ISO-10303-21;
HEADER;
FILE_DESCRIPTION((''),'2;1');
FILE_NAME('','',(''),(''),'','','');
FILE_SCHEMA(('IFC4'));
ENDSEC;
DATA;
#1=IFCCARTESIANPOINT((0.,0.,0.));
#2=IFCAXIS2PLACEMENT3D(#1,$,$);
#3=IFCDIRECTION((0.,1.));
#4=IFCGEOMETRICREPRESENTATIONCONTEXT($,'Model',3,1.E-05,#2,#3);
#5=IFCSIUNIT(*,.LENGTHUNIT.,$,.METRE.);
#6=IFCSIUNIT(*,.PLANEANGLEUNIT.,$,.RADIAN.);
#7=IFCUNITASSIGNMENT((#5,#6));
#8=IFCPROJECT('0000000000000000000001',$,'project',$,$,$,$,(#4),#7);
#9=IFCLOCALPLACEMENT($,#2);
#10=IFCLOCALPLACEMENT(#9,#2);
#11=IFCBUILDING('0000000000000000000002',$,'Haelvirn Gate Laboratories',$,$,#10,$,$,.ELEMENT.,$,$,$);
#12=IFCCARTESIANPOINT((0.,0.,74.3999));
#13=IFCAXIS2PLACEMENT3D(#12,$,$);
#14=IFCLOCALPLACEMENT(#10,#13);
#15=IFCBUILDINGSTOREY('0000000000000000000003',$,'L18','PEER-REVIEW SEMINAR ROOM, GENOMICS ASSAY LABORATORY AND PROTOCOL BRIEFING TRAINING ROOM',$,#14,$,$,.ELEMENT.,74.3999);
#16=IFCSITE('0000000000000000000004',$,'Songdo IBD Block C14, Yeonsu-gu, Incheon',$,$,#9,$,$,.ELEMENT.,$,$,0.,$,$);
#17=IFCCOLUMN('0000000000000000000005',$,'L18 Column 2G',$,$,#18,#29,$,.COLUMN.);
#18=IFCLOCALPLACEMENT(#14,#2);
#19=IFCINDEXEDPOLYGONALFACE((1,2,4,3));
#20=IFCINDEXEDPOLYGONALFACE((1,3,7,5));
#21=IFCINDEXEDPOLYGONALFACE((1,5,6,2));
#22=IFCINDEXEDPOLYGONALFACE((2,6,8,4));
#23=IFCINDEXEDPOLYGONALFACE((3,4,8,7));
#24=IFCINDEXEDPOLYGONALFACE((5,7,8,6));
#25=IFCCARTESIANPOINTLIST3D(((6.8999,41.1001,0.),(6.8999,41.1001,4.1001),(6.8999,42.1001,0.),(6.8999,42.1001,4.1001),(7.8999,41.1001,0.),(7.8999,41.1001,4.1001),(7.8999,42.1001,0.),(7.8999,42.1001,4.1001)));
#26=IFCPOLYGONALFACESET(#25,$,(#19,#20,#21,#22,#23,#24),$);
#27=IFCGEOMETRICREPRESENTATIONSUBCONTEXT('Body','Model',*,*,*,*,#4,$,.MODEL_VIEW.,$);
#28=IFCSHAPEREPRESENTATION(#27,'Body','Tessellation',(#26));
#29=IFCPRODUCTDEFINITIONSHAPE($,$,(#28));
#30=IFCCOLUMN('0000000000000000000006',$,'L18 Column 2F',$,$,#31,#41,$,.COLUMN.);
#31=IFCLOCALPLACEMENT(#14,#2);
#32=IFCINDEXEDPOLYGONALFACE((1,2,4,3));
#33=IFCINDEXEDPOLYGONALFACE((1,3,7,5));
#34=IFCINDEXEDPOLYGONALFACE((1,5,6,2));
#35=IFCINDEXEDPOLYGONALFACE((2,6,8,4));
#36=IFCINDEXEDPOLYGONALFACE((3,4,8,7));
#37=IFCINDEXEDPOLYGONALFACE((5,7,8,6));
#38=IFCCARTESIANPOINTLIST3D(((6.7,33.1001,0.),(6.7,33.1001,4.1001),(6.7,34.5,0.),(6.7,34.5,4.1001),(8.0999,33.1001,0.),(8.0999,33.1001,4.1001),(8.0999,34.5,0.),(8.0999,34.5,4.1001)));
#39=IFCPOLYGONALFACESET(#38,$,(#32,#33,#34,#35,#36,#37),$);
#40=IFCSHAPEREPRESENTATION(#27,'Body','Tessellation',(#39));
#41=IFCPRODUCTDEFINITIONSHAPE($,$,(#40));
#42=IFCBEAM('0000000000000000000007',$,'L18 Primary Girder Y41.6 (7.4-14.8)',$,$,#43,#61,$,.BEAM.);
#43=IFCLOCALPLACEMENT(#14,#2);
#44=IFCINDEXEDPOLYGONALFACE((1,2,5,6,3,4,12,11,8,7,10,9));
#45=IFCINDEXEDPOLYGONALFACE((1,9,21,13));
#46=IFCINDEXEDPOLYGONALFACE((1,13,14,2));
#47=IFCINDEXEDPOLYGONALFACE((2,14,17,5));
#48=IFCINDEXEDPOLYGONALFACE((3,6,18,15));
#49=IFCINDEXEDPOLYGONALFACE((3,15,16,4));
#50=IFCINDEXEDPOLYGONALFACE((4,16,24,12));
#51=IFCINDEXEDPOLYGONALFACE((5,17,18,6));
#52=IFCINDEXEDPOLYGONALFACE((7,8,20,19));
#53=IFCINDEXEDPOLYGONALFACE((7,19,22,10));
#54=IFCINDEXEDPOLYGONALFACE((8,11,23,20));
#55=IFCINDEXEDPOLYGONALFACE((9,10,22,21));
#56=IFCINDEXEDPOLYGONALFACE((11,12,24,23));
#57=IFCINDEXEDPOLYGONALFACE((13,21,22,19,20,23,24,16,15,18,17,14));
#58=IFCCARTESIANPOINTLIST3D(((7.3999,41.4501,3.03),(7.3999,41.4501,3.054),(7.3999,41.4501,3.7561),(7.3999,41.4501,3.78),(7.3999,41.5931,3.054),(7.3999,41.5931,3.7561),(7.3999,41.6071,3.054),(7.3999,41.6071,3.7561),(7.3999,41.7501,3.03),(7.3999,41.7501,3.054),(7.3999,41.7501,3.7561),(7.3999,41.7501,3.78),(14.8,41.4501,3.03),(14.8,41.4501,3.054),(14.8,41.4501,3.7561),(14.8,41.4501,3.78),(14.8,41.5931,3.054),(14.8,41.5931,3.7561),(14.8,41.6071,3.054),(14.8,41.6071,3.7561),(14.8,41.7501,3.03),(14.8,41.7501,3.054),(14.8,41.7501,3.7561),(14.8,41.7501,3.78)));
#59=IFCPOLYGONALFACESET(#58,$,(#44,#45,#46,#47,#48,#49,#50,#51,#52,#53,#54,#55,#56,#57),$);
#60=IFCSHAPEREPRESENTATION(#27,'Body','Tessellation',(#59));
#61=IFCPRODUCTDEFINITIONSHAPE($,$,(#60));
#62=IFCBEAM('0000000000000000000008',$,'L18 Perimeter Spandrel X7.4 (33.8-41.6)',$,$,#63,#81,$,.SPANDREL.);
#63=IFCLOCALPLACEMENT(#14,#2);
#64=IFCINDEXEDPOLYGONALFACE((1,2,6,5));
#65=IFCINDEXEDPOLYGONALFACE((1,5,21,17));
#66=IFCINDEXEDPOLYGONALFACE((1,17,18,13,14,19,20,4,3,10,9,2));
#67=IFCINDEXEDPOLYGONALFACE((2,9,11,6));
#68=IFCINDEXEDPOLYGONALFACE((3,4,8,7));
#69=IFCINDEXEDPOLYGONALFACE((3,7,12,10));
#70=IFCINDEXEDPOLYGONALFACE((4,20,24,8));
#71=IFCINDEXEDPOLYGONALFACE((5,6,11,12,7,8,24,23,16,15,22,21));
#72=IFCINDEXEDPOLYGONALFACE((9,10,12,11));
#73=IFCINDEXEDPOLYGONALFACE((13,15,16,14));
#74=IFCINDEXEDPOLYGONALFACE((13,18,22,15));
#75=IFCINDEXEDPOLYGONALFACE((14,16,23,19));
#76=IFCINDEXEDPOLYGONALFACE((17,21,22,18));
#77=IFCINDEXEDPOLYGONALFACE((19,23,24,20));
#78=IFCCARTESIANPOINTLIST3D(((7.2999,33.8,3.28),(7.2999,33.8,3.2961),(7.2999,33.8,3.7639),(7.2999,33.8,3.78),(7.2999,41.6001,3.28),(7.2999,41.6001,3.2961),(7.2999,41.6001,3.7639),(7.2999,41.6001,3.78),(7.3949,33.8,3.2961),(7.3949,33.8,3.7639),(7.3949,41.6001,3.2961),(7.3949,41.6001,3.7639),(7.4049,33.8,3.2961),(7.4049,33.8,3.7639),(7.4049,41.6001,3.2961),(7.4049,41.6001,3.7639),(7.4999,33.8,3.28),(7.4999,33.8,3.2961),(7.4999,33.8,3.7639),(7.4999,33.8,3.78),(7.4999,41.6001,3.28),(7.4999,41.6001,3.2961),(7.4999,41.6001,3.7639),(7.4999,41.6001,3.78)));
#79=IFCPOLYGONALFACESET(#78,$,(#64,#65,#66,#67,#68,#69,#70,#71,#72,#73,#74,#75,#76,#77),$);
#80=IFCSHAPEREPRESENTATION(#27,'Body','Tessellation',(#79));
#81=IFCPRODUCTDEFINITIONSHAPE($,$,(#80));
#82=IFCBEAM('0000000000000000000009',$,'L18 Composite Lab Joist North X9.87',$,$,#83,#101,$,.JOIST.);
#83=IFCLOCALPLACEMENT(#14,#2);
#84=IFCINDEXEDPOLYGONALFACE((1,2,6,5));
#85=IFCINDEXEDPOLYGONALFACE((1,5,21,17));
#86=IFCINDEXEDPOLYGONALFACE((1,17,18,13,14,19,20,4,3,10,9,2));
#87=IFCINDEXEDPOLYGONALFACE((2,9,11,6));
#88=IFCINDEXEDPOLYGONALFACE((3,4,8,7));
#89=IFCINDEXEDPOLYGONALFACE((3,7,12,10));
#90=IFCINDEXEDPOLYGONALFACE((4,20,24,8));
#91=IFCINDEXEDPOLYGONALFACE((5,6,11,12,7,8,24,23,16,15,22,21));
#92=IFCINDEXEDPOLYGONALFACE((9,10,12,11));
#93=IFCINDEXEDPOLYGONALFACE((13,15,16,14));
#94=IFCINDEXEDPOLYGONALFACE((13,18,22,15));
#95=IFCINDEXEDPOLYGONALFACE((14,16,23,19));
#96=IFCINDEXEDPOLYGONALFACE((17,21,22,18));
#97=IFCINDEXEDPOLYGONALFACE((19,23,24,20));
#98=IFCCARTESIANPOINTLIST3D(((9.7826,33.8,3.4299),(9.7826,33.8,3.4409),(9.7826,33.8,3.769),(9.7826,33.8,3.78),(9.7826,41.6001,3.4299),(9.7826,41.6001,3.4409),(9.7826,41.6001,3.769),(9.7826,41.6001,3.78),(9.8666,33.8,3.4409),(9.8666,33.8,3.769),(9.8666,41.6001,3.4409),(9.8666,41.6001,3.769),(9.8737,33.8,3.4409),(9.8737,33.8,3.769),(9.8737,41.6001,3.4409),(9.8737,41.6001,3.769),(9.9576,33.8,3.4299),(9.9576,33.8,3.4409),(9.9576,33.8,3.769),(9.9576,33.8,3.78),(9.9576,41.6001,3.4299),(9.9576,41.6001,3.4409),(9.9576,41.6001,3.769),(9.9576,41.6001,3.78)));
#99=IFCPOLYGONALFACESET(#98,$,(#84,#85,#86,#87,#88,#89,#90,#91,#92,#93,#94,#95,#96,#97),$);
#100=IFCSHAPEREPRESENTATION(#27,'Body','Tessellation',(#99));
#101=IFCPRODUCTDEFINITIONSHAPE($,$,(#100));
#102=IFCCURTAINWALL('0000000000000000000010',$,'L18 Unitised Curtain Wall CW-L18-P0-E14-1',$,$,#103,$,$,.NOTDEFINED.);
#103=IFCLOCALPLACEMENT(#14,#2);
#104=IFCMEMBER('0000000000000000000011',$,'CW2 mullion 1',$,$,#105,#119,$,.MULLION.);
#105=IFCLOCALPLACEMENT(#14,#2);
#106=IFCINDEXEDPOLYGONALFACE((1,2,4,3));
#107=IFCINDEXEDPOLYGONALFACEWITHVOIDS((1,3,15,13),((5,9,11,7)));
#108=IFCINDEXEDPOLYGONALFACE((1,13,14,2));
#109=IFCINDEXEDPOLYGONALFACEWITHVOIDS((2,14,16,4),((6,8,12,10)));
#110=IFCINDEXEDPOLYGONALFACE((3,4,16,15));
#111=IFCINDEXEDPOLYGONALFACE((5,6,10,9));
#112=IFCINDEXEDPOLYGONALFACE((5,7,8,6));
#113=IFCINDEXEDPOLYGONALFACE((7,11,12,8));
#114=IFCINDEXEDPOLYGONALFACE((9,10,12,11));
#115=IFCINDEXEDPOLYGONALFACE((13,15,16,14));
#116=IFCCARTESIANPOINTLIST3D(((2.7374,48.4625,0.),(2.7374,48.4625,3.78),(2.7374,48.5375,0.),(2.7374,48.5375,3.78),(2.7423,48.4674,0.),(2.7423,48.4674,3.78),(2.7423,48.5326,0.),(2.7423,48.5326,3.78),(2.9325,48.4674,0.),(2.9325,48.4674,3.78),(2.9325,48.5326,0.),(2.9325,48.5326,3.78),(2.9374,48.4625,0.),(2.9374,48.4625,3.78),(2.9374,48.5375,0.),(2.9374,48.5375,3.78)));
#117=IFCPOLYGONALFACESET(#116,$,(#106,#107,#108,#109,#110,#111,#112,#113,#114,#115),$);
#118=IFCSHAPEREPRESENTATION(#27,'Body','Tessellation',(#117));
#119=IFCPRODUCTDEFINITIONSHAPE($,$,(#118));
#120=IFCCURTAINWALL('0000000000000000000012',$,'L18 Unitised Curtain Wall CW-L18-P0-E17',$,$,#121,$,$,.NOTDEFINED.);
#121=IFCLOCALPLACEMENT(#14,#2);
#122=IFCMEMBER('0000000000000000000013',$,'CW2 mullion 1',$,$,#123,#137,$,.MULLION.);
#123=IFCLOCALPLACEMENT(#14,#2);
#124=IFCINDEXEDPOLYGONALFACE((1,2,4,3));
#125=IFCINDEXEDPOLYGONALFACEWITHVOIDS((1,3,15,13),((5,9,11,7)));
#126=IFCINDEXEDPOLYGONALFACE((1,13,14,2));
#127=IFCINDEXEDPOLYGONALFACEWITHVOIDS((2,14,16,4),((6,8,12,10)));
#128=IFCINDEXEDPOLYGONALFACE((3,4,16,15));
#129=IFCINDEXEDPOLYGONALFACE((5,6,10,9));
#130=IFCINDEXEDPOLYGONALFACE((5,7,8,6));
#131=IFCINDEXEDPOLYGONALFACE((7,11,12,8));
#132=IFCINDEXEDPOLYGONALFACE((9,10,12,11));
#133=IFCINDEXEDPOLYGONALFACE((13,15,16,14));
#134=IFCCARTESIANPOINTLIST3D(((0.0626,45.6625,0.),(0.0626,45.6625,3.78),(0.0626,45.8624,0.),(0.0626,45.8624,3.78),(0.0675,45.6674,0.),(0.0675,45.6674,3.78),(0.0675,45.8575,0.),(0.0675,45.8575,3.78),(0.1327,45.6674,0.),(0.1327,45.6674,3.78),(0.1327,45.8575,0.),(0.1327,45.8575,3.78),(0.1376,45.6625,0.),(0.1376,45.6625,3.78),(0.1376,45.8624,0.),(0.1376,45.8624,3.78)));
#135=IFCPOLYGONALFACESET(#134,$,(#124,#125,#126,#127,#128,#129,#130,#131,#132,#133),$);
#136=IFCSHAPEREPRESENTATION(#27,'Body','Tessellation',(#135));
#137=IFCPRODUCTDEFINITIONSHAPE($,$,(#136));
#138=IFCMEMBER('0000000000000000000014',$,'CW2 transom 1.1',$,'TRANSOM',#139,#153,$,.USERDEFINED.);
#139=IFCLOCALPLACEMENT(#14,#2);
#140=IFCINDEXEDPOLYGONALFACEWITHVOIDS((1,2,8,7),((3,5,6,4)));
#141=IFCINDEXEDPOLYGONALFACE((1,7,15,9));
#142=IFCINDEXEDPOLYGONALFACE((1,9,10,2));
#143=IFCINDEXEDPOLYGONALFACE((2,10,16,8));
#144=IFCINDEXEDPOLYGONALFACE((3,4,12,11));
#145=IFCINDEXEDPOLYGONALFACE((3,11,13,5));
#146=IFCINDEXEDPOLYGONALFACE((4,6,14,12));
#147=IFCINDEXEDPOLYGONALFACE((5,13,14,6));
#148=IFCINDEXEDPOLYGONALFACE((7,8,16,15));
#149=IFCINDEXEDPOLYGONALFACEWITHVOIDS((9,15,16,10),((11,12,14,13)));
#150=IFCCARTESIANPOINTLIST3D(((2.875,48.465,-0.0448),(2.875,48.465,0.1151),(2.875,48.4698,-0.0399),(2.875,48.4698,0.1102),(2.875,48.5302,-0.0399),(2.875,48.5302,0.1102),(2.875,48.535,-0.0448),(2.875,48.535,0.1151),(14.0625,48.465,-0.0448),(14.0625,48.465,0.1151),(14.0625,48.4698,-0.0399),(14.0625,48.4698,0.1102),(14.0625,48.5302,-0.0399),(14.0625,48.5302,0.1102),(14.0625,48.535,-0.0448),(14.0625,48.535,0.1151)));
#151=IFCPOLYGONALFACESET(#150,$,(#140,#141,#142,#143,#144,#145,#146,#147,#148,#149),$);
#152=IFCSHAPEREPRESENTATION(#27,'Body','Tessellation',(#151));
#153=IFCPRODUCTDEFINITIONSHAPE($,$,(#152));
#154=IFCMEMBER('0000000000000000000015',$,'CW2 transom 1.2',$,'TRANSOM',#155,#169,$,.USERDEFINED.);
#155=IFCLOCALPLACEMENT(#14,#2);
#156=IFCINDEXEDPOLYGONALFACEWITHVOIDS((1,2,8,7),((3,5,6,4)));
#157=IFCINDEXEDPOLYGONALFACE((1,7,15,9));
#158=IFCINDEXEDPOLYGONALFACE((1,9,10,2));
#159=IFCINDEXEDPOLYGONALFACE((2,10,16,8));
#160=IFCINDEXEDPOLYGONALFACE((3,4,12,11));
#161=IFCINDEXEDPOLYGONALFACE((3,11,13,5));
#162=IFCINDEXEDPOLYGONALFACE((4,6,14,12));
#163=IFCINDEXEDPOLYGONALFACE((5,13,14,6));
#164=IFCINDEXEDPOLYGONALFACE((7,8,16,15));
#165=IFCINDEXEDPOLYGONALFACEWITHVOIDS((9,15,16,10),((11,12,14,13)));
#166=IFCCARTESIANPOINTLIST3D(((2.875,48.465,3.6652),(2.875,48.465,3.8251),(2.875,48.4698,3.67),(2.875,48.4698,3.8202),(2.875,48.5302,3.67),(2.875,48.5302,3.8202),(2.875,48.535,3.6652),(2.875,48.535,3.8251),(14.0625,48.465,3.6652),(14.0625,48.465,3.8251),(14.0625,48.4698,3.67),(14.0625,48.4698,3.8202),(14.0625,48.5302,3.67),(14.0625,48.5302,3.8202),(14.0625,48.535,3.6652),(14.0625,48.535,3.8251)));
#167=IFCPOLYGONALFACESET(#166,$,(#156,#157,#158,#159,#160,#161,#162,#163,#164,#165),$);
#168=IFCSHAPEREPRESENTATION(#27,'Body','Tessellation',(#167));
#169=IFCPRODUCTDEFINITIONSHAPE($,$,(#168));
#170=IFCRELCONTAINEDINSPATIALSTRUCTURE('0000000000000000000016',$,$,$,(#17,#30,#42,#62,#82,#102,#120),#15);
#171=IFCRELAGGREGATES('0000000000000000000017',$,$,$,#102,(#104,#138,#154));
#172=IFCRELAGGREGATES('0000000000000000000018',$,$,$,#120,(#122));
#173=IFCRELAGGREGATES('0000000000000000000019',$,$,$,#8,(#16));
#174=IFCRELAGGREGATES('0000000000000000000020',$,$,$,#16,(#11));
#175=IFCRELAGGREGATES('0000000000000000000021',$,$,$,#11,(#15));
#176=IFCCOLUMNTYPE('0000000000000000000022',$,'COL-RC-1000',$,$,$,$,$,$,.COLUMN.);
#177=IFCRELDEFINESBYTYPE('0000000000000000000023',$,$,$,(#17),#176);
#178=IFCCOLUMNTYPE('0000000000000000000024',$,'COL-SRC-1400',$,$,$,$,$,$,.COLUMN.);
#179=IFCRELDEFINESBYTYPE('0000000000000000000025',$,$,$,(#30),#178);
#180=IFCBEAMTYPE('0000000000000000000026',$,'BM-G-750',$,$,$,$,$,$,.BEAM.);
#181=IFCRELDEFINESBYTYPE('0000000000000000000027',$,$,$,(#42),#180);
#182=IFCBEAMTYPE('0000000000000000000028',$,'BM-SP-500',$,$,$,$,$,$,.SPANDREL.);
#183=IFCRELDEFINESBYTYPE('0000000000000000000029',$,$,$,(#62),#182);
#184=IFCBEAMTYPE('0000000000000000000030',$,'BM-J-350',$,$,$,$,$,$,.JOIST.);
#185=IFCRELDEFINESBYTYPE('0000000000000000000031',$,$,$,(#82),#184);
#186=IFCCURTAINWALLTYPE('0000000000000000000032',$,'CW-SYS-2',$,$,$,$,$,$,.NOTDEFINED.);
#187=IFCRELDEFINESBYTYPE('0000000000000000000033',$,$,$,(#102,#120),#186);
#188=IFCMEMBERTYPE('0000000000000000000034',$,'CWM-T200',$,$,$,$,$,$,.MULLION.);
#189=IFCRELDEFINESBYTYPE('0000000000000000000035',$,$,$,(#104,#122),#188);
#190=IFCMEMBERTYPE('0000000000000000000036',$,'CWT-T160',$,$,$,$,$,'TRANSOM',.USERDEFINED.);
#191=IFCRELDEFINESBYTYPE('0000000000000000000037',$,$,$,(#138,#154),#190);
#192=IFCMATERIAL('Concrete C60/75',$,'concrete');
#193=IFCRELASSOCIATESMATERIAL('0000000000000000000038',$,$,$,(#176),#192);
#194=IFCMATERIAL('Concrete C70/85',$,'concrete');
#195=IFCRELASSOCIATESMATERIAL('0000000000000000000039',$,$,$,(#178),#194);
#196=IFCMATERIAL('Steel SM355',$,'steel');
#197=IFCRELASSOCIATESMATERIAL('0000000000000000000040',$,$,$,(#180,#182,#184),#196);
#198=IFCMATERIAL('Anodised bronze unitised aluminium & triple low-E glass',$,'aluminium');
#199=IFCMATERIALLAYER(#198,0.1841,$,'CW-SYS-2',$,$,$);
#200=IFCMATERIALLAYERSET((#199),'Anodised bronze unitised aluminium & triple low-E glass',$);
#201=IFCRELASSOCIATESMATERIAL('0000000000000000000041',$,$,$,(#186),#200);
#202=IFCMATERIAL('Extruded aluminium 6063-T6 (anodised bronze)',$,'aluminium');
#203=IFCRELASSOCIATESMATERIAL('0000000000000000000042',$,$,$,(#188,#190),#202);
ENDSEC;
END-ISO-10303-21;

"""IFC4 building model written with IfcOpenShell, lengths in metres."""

from ifc_helpers import new_model, si_unit, direction, frame, origin, origin_2d, place, context, subcontext, project, spatial, rectangle, hollow_rectangle, i_section, extrude, source, transform, mapped, material, layer, layer_set, material_profile, profile_set, type_object, type_shapes, element, aggregate, save


model = new_model("IFC4")

# Units and contexts
model_context = context("Model", 3, precision=1e-05, world=origin(), true_north=direction((0.0, 1.0)))
body_context = subcontext(model_context, "Body", "Model", "MODEL_VIEW")
ifc_project = project(units=[si_unit("LENGTHUNIT", "METRE"), si_unit("PLANEANGLEUNIT", "RADIAN")], contexts=[model_context])

# Site, building, storey
site_placement = place(None, origin())
site = spatial("IfcSite", under=ifc_project, at=site_placement, Name="Songdo IBD Block C14, Yeonsu-gu, Incheon", CompositionType="ELEMENT", RefElevation=0.0)
building_placement = place(site_placement, origin())
building = spatial("IfcBuilding", under=site, at=building_placement, Name="Haelvirn Gate Laboratories", CompositionType="ELEMENT")
storey_placement = place(building_placement, frame((0.0, 0.0, 74.3999)))
storey = spatial("IfcBuildingStorey", under=building, at=storey_placement, Name="L18", Description="PEER-REVIEW SEMINAR ROOM, GENOMICS ASSAY LABORATORY AND PROTOCOL BRIEFING TRAINING ROOM", CompositionType="ELEMENT", Elevation=74.3999)

# Columns
ifc_material_1 = material(Name="Concrete C60/75", Category="concrete")
ifc_material_profile_1 = material_profile(ifc_material_1, rectangle(XDim=1.0, YDim=1.0, at=origin_2d()), Name="RC-1000x1000")
ifc_profile_set_1 = profile_set([ifc_material_profile_1], Name="Concrete C60/75")
column_type_1 = type_object("IfcColumnType", Name="COL-RC-1000", PredefinedType="COLUMN", material=ifc_profile_set_1)
shared_shape_1 = source(origin(), body_context, "Body", "SweptSolid", [
    extrude(rectangle(XDim=1.0, YDim=1.0, at=origin_2d()), origin(), (0.0, 0.0, 1.0), 4.1001),
])
type_shapes(column_type_1, [shared_shape_1])
column_1_placement = place(storey_placement, frame((7.3999, 41.6001, 0.0), z_axis=(0.0, 0.0, 1.0), x_axis=(1.0, 0.0, 0.0)))
element("IfcColumn", 1, at=column_1_placement, inside=storey, type_object=column_type_1, Name="L18 Column 2G", PredefinedType="COLUMN", context=body_context, shape_type="MappedRepresentation", body=[
    mapped(shared_shape_1, transform((0.0, 0.0, 0.0), scale=1.0)),
])
ifc_material_2 = material(Name="Concrete C70/85", Category="concrete")
ifc_material_profile_2 = material_profile(ifc_material_2, rectangle(XDim=1.3999, YDim=1.3999, at=origin_2d()), Name="SRC-1400x1400")
ifc_profile_set_2 = profile_set([ifc_material_profile_2], Name="Concrete C70/85")
column_type_2 = type_object("IfcColumnType", Name="COL-SRC-1400", PredefinedType="COLUMN", material=ifc_profile_set_2)
shared_shape_2 = source(origin(), body_context, "Body", "SweptSolid", [
    extrude(rectangle(XDim=1.3999, YDim=1.3999, at=origin_2d()), origin(), (0.0, 0.0, 1.0), 4.1001),
])
type_shapes(column_type_2, [shared_shape_2])
column_2_placement = place(storey_placement, frame((7.3999, 33.8, 0.0), z_axis=(0.0, 0.0, 1.0), x_axis=(1.0, 0.0, 0.0)))
element("IfcColumn", 2, at=column_2_placement, inside=storey, type_object=column_type_2, Name="L18 Column 2F", PredefinedType="COLUMN", context=body_context, shape_type="MappedRepresentation", body=[
    mapped(shared_shape_2, transform((0.0, 0.0, 0.0), scale=1.0)),
])

# Beams
ifc_material_3 = material(Name="Steel SM355", Category="steel")
ifc_material_profile_3 = material_profile(ifc_material_3, i_section(OverallWidth=0.3, OverallDepth=0.75, WebThickness=0.0139, FlangeThickness=0.0239, at=origin_2d()), Name="H-750x300x14x24")
ifc_profile_set_3 = profile_set([ifc_material_profile_3], Name="Steel SM355")
beam_type_1 = type_object("IfcBeamType", Name="BM-G-750", PredefinedType="BEAM", material=ifc_profile_set_3)
shared_shape_3 = source(origin(), body_context, "Body", "SweptSolid", [
    extrude(i_section(OverallWidth=0.3, OverallDepth=0.75, WebThickness=0.0139, FlangeThickness=0.0239, at=origin_2d()), origin(), (0.0, 0.0, 1.0), 7.4001),
])
type_shapes(beam_type_1, [shared_shape_3])
beam_1_placement = place(storey_placement, frame((7.3999, 41.6001, 3.405), z_axis=(1.0, 0.0, 0.0), x_axis=(0.0, 1.0, 0.0)))
element("IfcBeam", 3, at=beam_1_placement, inside=storey, type_object=beam_type_1, Name="L18 Primary Girder Y41.6 (7.4-14.8)", PredefinedType="BEAM", context=body_context, shape_type="MappedRepresentation", body=[
    mapped(shared_shape_3, transform((0.0, 0.0, 0.0), scale=1.0)),
])
ifc_material_profile_4 = material_profile(ifc_material_3, i_section(OverallWidth=0.2, OverallDepth=0.5, WebThickness=0.01, FlangeThickness=0.0161, at=origin_2d()), Name="H-500x200x10x16")
ifc_profile_set_4 = profile_set([ifc_material_profile_4], Name="Steel SM355")
beam_type_2 = type_object("IfcBeamType", Name="BM-SP-500", PredefinedType="SPANDREL", material=ifc_profile_set_4)
shared_shape_4 = source(origin(), body_context, "Body", "SweptSolid", [
    extrude(i_section(OverallWidth=0.2, OverallDepth=0.5, WebThickness=0.01, FlangeThickness=0.0161, at=origin_2d()), origin(), (0.0, 0.0, 1.0), 7.8),
])
type_shapes(beam_type_2, [shared_shape_4])
beam_2_placement = place(storey_placement, frame((7.3999, 33.8, 3.53), z_axis=(0.0, 1.0, 0.0), x_axis=(-1.0, 0.0, 0.0)))
element("IfcBeam", 4, at=beam_2_placement, inside=storey, type_object=beam_type_2, Name="L18 Perimeter Spandrel X7.4 (33.8-41.6)", PredefinedType="SPANDREL", context=body_context, shape_type="MappedRepresentation", body=[
    mapped(shared_shape_4, transform((0.0, 0.0, 0.0), scale=1.0)),
])
ifc_material_profile_5 = material_profile(ifc_material_3, i_section(OverallWidth=0.175, OverallDepth=0.3501, WebThickness=0.0071, FlangeThickness=0.011, at=origin_2d()), Name="H-350x175x7x11")
ifc_profile_set_5 = profile_set([ifc_material_profile_5], Name="Steel SM355")
beam_type_3 = type_object("IfcBeamType", Name="BM-J-350", PredefinedType="JOIST", material=ifc_profile_set_5)
shared_shape_5 = source(origin(), body_context, "Body", "SweptSolid", [
    extrude(i_section(OverallWidth=0.175, OverallDepth=0.3501, WebThickness=0.0071, FlangeThickness=0.011, at=origin_2d()), origin(), (0.0, 0.0, 1.0), 7.8),
])
type_shapes(beam_type_3, [shared_shape_5])
beam_3_placement = place(storey_placement, frame((9.8701, 33.8, 3.605), z_axis=(0.0, 1.0, 0.0), x_axis=(-1.0, 0.0, 0.0)))
element("IfcBeam", 5, at=beam_3_placement, inside=storey, type_object=beam_type_3, Name="L18 Composite Lab Joist North X9.87", PredefinedType="JOIST", context=body_context, shape_type="MappedRepresentation", body=[
    mapped(shared_shape_5, transform((0.0, 0.0, 0.0), scale=1.0)),
])

# Curtain walls, members
ifc_material_4 = material(Name="Anodised bronze unitised aluminium & triple low-E glass", Category="aluminium")
ifc_layer_1 = layer(ifc_material_4, 0.1841, Name="CW-SYS-2")
ifc_layer_set_1 = layer_set([ifc_layer_1], Name="Anodised bronze unitised aluminium & triple low-E glass")
curtain_wall_type_1 = type_object("IfcCurtainWallType", Name="CW-SYS-2", PredefinedType="NOTDEFINED", material=ifc_layer_set_1)
curtain_wall_1_placement = place(storey_placement, origin())
curtain_wall_1 = element("IfcCurtainWall", 6, at=curtain_wall_1_placement, inside=storey, type_object=curtain_wall_type_1, Name="L18 Unitised Curtain Wall CW-L18-P0-E14-1", PredefinedType="NOTDEFINED")
ifc_material_5 = material(Name="Extruded aluminium 6063-T6 (anodised bronze)", Category="aluminium")
ifc_material_profile_6 = material_profile(ifc_material_5, hollow_rectangle(XDim=0.075, YDim=0.2, WallThickness=0.0049, at=origin_2d()), Name="CWM-200x75x5")
ifc_profile_set_6 = profile_set([ifc_material_profile_6], Name="Extruded aluminium 6063-T6 (anodised bronze)")
member_type_1 = type_object("IfcMemberType", Name="CWM-T200", PredefinedType="MULLION", material=ifc_profile_set_6)
shared_shape_6 = source(origin(), body_context, "Body", "SweptSolid", [
    extrude(hollow_rectangle(XDim=0.075, YDim=0.2, WallThickness=0.0049, at=origin_2d()), origin(), (0.0, 0.0, 1.0), 3.78),
])
type_shapes(member_type_1, [shared_shape_6])
member_1_placement = place(storey_placement, frame((2.8374, 48.5, 0.0), z_axis=(0.0, 0.0, 1.0), x_axis=(0.0, 1.0, 0.0)))
member_1 = element("IfcMember", 7, at=member_1_placement, type_object=member_type_1, Name="CW2 mullion 1", PredefinedType="MULLION", context=body_context, shape_type="MappedRepresentation", body=[
    mapped(shared_shape_6, transform((0.0, 0.0, 0.0), scale=1.0)),
])
curtain_wall_2_placement = place(storey_placement, origin())
curtain_wall_2 = element("IfcCurtainWall", 8, at=curtain_wall_2_placement, inside=storey, type_object=curtain_wall_type_1, Name="L18 Unitised Curtain Wall CW-L18-P0-E17", PredefinedType="NOTDEFINED")
member_2_placement = place(storey_placement, frame((0.1001, 45.7625, 0.0), z_axis=(0.0, 0.0, 1.0), x_axis=(1.0, 0.0, 0.0)))
member_2 = element("IfcMember", 9, at=member_2_placement, type_object=member_type_1, Name="CW2 mullion 1", PredefinedType="MULLION", context=body_context, shape_type="MappedRepresentation", body=[
    mapped(shared_shape_6, transform((0.0, 0.0, 0.0), scale=1.0)),
])

# Members
ifc_material_profile_7 = material_profile(ifc_material_5, hollow_rectangle(XDim=0.0701, YDim=0.1599, WallThickness=0.0049, at=origin_2d()), Name="CWT-160x70x5")
ifc_profile_set_7 = profile_set([ifc_material_profile_7], Name="Extruded aluminium 6063-T6 (anodised bronze)")
member_type_2 = type_object("IfcMemberType", Name="CWT-T160", ElementType="TRANSOM", PredefinedType="USERDEFINED", material=ifc_profile_set_7)
shared_shape_7 = source(origin(), body_context, "Body", "SweptSolid", [
    extrude(hollow_rectangle(XDim=0.0701, YDim=0.1599, WallThickness=0.0049, at=origin_2d()), origin(), (0.0, 0.0, 1.0), 11.1875),
])
member_3_placement = place(storey_placement, frame((2.875, 48.5, 0.0352), z_axis=(1.0, 0.0, 0.0), x_axis=(0.0, 1.0, 0.0)))
member_3 = element("IfcMember", 10, at=member_3_placement, type_object=member_type_2, Name="CW2 transom 1.1", ObjectType="TRANSOM", PredefinedType="USERDEFINED", context=body_context, shape_type="MappedRepresentation", body=[
    mapped(shared_shape_7, transform((0.0, 0.0, 0.0), scale=1.0)),
])
member_4_placement = place(storey_placement, frame((2.875, 48.5, 3.7451), z_axis=(1.0, 0.0, 0.0), x_axis=(0.0, 1.0, 0.0)))
member_4 = element("IfcMember", 11, at=member_4_placement, type_object=member_type_2, Name="CW2 transom 1.2", ObjectType="TRANSOM", PredefinedType="USERDEFINED", context=body_context, shape_type="MappedRepresentation", body=[
    mapped(shared_shape_7, transform((0.0, 0.0, 0.0), scale=1.0)),
])

aggregate(curtain_wall_1, [member_1, member_3, member_4])
aggregate(curtain_wall_2, [member_2])

save(model, "model.ifc")
